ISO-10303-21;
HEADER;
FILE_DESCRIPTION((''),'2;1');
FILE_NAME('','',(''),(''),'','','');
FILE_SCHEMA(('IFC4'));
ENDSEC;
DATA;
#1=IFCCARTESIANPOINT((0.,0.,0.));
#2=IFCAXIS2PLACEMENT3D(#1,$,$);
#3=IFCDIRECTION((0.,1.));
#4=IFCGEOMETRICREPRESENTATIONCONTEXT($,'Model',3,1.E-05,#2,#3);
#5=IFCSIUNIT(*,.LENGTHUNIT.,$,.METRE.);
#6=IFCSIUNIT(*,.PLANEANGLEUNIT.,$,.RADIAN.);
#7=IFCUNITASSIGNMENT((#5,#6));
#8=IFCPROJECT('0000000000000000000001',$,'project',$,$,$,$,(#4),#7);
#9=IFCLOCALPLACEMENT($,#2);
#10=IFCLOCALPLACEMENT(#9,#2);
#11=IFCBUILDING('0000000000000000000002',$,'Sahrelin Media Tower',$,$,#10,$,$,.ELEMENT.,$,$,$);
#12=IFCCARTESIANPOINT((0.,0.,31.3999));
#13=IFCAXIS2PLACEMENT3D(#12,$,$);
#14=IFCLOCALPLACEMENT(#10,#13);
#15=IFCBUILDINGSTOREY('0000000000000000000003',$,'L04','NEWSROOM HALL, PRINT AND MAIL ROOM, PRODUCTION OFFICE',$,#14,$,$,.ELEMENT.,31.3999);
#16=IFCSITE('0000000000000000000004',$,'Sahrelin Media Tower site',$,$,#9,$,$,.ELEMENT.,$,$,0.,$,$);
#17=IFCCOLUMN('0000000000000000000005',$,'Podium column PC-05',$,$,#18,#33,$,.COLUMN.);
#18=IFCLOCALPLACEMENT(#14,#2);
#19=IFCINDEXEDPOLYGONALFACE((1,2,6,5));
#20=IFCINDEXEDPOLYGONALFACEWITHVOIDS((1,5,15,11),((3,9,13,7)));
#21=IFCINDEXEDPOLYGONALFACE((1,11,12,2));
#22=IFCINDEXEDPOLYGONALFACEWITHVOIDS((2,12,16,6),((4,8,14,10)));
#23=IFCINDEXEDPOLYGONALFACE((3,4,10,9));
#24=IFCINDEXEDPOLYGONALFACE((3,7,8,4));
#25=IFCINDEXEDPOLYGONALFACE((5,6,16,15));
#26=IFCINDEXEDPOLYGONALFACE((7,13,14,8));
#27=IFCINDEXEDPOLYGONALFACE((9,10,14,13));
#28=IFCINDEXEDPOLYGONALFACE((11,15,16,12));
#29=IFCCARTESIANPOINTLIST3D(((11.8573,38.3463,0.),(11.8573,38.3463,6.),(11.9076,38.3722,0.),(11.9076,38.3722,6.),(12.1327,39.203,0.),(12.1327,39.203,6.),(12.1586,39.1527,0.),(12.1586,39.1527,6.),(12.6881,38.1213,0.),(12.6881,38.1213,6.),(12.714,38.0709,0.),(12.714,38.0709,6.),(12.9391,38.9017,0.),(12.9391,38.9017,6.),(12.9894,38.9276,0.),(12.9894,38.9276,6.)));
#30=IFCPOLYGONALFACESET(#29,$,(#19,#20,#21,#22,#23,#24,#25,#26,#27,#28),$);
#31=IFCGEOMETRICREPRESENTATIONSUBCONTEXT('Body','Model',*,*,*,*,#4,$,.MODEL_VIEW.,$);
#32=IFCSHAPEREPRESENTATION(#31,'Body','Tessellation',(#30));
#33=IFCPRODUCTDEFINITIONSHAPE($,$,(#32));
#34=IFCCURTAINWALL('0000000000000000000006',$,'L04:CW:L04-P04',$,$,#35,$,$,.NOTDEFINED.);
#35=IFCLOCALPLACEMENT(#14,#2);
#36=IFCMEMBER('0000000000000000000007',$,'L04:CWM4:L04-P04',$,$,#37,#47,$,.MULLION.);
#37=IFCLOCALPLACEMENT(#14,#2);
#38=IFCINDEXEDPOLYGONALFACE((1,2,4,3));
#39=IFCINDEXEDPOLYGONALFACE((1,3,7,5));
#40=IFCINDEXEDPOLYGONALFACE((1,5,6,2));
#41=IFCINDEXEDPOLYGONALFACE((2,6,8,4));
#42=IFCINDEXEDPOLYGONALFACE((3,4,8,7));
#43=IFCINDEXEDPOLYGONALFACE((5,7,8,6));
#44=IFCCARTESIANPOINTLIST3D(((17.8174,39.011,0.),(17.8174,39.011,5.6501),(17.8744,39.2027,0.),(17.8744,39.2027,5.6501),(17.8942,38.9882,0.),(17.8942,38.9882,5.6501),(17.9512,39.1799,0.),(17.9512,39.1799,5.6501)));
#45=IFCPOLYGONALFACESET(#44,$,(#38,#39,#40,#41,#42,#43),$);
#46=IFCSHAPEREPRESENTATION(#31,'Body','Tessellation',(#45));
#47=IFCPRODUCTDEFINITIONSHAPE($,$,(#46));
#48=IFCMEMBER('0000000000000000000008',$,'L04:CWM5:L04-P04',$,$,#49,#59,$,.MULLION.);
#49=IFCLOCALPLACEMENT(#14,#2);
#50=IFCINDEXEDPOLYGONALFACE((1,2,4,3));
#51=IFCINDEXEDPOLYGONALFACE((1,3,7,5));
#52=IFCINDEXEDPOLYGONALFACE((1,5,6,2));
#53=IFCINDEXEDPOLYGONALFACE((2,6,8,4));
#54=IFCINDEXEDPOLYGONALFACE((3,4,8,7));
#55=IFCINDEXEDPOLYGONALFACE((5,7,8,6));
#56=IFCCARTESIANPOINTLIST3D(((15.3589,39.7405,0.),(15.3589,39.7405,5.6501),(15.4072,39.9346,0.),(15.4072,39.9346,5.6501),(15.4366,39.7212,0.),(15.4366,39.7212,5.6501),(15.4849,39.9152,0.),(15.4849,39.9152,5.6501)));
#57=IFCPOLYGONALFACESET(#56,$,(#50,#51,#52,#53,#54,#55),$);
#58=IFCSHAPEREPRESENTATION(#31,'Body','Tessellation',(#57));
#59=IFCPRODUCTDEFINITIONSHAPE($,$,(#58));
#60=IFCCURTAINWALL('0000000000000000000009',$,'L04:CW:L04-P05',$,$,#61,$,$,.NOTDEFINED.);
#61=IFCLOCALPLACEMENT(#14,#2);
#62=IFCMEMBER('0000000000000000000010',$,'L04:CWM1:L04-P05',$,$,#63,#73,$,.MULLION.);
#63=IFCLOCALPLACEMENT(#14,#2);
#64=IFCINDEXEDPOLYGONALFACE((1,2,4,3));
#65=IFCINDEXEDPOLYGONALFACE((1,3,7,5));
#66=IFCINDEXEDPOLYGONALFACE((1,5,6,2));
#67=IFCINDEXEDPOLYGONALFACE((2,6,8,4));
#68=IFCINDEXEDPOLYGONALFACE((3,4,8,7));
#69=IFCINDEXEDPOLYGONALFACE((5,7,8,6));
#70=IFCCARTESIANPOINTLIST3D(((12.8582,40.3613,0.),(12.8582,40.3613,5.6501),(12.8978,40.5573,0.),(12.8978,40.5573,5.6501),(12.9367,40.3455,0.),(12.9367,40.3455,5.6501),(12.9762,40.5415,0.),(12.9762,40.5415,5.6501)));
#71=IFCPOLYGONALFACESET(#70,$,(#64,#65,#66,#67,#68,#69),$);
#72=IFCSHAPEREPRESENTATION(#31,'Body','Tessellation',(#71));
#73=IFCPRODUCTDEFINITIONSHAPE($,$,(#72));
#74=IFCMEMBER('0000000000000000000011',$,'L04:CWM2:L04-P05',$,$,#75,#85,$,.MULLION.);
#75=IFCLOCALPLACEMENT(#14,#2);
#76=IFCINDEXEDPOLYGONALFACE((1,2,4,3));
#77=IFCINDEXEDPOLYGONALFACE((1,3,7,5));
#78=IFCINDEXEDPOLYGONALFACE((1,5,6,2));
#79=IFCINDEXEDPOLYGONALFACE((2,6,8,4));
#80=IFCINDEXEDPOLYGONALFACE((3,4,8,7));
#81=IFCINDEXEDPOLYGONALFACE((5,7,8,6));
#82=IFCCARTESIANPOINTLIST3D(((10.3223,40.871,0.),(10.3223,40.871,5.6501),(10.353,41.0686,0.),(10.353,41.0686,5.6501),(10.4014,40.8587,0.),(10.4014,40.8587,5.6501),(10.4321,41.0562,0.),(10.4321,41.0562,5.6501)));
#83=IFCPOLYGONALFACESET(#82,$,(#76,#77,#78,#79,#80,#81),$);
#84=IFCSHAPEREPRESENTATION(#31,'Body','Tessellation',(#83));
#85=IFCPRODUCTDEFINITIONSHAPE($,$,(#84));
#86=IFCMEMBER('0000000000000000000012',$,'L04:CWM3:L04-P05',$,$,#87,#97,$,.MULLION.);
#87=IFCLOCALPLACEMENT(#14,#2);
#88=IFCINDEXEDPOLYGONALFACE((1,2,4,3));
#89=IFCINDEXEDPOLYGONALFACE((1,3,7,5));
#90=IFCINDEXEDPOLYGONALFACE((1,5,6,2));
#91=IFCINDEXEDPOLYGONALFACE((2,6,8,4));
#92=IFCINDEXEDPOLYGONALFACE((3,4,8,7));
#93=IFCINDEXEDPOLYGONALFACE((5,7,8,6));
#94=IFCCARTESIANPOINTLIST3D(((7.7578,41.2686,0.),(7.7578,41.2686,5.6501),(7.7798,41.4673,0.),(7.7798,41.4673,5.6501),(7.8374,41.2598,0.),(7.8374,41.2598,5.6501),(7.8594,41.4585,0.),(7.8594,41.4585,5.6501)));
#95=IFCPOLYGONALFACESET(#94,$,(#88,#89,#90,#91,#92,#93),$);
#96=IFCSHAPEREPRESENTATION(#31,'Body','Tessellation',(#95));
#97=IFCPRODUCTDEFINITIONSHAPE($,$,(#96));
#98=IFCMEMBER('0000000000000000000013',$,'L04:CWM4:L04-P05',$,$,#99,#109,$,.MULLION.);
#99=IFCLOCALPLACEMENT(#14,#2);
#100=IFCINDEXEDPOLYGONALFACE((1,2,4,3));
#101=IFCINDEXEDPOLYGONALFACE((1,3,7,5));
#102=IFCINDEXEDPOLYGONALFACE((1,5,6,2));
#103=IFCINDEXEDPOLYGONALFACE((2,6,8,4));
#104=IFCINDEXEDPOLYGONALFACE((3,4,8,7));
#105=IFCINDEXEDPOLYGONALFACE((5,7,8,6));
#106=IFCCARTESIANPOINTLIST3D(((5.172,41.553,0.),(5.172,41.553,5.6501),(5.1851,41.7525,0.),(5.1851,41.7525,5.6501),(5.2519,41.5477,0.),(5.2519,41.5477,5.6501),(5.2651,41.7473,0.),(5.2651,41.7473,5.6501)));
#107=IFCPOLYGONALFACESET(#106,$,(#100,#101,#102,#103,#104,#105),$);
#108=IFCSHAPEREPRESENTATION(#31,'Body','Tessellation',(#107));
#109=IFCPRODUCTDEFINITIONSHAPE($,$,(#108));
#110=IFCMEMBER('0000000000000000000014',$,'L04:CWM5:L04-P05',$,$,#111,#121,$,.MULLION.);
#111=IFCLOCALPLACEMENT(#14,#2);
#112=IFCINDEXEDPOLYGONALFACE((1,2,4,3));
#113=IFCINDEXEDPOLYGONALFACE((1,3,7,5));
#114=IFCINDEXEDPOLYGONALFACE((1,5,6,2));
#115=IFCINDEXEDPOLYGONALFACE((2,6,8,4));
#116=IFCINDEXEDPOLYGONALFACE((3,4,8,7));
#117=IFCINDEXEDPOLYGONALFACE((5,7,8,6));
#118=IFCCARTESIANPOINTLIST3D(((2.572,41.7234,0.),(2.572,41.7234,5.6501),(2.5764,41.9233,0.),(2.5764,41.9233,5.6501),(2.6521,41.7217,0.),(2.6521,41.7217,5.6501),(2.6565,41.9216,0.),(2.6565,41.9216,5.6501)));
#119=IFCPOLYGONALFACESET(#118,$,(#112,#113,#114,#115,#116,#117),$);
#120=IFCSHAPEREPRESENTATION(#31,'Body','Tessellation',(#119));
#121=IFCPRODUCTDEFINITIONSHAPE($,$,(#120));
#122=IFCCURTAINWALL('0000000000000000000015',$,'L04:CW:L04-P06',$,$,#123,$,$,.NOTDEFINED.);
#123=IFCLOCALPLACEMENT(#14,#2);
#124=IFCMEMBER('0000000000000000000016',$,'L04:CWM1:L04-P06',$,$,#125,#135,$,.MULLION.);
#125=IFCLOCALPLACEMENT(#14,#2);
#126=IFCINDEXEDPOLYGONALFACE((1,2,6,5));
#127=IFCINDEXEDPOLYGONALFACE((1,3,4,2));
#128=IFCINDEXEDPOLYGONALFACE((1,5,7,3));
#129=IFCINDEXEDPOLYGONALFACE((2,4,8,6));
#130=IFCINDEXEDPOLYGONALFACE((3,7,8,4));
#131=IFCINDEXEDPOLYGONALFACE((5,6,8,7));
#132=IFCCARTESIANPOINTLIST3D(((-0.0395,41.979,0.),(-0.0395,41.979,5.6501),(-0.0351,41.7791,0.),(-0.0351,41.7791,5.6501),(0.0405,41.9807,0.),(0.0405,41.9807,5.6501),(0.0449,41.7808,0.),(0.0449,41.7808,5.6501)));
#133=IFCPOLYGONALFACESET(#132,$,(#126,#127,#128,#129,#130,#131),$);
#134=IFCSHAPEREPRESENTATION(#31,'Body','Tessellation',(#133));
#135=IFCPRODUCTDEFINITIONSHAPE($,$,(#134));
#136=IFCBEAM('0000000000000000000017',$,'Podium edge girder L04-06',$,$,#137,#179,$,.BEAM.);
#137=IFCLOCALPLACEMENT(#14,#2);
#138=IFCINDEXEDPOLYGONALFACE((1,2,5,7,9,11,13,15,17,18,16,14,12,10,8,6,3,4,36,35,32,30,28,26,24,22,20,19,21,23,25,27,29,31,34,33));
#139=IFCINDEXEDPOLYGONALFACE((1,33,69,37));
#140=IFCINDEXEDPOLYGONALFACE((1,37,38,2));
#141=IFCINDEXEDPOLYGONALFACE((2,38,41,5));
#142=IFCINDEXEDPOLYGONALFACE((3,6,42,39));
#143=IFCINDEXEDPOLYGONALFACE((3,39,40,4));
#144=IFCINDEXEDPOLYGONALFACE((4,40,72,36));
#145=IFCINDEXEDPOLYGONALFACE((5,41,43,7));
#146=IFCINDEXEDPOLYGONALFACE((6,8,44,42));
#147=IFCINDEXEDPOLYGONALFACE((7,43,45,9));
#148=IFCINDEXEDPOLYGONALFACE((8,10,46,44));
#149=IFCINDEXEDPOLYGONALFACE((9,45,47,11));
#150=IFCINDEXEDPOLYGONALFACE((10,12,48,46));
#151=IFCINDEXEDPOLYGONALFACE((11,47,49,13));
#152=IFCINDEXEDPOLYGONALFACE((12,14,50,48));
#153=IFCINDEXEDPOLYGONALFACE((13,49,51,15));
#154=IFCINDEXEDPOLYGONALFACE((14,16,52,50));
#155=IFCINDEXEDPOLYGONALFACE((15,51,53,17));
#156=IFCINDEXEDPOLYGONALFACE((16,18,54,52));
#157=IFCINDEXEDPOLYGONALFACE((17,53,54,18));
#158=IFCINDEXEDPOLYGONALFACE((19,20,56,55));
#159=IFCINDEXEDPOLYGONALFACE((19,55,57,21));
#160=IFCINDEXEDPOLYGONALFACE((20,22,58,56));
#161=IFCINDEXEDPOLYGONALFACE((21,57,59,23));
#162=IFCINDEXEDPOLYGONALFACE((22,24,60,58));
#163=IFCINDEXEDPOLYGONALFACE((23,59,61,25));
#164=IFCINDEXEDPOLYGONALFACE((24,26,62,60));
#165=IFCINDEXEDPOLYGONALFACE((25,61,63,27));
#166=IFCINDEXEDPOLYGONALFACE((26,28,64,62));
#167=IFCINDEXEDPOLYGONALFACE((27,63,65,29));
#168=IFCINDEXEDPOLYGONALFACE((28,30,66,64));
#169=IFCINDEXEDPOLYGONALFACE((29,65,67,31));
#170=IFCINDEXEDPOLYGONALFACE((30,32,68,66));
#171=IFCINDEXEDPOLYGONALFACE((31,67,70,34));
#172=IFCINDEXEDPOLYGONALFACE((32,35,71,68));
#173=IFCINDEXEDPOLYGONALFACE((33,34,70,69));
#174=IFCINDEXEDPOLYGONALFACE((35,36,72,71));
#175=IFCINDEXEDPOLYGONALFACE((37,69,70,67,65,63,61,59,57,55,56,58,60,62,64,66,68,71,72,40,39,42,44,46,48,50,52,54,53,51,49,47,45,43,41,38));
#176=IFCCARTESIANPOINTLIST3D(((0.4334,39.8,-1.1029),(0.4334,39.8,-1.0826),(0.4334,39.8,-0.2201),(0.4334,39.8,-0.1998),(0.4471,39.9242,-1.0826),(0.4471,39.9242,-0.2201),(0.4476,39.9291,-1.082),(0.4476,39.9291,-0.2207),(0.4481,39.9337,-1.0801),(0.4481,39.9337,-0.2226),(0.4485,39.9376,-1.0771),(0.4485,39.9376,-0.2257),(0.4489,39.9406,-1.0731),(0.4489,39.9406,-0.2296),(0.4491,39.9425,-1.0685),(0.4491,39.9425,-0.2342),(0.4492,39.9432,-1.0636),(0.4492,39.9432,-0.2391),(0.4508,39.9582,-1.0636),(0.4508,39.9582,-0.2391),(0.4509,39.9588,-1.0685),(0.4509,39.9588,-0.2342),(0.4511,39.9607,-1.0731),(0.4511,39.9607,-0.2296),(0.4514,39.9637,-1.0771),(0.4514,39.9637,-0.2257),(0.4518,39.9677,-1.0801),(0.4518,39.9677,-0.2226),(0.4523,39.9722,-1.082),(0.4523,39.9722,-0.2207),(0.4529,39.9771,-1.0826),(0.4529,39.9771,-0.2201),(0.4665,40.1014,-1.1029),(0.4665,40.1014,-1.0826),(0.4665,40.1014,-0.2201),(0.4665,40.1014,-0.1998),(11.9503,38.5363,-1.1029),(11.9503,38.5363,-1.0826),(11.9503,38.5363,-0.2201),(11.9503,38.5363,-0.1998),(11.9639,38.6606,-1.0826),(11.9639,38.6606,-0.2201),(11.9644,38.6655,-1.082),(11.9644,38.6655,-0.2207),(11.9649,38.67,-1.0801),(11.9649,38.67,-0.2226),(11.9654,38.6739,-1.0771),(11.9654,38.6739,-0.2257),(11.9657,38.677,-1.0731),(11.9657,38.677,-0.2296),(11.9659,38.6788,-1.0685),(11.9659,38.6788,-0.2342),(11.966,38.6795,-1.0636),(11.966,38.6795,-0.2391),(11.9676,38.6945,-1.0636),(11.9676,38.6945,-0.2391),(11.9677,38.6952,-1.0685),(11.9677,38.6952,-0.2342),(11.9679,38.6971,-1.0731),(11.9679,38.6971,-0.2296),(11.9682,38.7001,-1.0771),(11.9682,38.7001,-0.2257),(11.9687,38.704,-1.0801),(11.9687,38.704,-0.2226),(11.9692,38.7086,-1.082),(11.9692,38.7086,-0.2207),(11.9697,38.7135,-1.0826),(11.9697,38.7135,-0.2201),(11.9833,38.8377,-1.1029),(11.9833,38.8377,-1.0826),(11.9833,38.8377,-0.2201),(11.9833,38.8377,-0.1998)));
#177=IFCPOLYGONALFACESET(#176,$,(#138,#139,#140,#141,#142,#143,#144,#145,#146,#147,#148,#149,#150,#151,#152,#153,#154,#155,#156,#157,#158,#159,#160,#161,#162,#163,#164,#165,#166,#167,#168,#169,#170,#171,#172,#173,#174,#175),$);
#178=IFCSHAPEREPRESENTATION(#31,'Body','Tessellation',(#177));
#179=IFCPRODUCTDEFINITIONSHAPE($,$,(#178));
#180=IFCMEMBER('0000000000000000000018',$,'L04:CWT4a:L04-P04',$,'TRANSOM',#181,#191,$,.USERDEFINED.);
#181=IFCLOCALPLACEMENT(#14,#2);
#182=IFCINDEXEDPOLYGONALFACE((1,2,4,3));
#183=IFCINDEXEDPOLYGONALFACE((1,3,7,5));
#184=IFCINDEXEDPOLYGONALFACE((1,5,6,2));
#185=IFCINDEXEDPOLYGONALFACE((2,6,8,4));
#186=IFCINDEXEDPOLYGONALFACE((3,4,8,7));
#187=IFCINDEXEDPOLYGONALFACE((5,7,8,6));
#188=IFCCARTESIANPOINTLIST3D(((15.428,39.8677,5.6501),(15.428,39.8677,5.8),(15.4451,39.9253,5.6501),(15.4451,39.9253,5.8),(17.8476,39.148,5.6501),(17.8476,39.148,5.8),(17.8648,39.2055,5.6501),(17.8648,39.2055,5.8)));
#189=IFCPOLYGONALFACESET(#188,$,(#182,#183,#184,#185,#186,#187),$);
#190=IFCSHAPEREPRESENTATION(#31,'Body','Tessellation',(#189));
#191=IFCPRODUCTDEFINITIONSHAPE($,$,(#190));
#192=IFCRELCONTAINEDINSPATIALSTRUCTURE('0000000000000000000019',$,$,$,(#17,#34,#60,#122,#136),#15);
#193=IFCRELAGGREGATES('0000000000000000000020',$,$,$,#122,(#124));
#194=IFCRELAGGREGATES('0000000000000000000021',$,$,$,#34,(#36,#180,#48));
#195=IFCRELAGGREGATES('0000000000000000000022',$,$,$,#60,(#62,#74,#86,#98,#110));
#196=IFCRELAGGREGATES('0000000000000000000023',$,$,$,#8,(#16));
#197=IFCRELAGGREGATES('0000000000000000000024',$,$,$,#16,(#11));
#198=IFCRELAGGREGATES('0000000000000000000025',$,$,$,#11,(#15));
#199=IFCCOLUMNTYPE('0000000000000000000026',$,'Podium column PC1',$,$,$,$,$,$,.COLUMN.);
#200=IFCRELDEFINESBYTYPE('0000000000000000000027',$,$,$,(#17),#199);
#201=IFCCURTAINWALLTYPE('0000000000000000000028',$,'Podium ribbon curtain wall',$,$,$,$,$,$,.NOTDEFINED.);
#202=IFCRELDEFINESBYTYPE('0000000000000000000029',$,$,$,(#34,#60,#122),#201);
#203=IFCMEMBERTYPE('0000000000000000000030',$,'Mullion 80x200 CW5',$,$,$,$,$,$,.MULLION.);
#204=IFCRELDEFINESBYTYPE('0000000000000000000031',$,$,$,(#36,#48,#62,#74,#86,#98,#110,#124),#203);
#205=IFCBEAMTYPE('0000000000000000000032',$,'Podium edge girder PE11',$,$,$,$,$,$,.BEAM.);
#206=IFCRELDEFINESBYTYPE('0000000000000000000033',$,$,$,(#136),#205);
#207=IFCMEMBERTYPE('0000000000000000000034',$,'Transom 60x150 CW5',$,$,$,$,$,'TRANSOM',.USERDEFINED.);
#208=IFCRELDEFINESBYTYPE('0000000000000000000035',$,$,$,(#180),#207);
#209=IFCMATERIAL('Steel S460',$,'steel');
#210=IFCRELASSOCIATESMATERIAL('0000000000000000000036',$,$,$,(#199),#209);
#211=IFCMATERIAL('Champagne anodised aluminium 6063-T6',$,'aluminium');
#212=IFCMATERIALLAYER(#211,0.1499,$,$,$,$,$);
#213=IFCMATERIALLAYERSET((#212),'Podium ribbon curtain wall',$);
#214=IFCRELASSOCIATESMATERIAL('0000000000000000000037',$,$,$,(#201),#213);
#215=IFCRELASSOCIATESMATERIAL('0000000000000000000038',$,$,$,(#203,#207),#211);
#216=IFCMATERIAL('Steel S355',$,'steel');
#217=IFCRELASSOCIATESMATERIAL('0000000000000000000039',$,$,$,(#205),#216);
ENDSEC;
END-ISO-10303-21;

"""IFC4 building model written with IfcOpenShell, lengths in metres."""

from ifc_helpers import new_model, si_unit, direction, frame, origin, origin_2d, place, context, subcontext, project, spatial, rectangle, hollow_rectangle, i_section, extrude, material, layer, layer_set, material_profile, profile_set, type_object, element, aggregate, save


model = new_model("IFC4")

# Units and contexts
model_context = context("Model", 3, precision=1e-05, world=origin(), true_north=direction((0.0, 1.0)))
body_context = subcontext(model_context, "Body", "Model", "MODEL_VIEW")
ifc_project = project(units=[si_unit("LENGTHUNIT", "METRE"), si_unit("PLANEANGLEUNIT", "RADIAN")], contexts=[model_context])

# Site, building, storey
site_placement = place(None, origin())
site = spatial("IfcSite", under=ifc_project, at=site_placement, Name="Sahrelin Media Tower site", CompositionType="ELEMENT", RefElevation=0.0)
building_placement = place(site_placement, origin())
building = spatial("IfcBuilding", under=site, at=building_placement, Name="Sahrelin Media Tower", CompositionType="ELEMENT")
storey_placement = place(building_placement, frame((0.0, 0.0, 31.3999)))
storey = spatial("IfcBuildingStorey", under=building, at=storey_placement, Name="L04", Description="NEWSROOM HALL, PRINT AND MAIL ROOM, PRODUCTION OFFICE", CompositionType="ELEMENT", Elevation=31.3999)

# Column
ifc_material_1 = material(Name="Steel S460", Category="steel")
ifc_material_profile_1 = material_profile(ifc_material_1, hollow_rectangle(XDim=0.8999, YDim=0.8999, WallThickness=0.04, at=origin_2d()), Name="Podium column PC1")
ifc_profile_set_1 = profile_set([ifc_material_profile_1], Name="Steel S460")
column_type = type_object("IfcColumnType", Name="Podium column PC1", PredefinedType="COLUMN", material=ifc_profile_set_1)
column_placement = place(storey_placement, frame((12.4233, 38.637, 0.0), z_axis=(0.0, 0.0, 1.0), x_axis=(0.306104, 0.951998, 0.0)))
element("IfcColumn", 1, at=column_placement, inside=storey, type_object=column_type, Name="Podium column PC-05", PredefinedType="COLUMN", context=body_context, shape_type="SweptSolid", body=[
    extrude(hollow_rectangle(XDim=0.8999, YDim=0.8999, WallThickness=0.04, at=origin_2d()), origin(), (0.0, 0.0, 1.0), 6.0),
])

# Curtain walls, members
ifc_material_2 = material(Name="Champagne anodised aluminium 6063-T6", Category="aluminium")
ifc_layer_1 = layer(ifc_material_2, 0.1499)
ifc_layer_set_1 = layer_set([ifc_layer_1], Name="Podium ribbon curtain wall")
curtain_wall_type = type_object("IfcCurtainWallType", Name="Podium ribbon curtain wall", PredefinedType="NOTDEFINED", material=ifc_layer_set_1)
curtain_wall_1_placement = place(storey_placement, frame((25.0, 36.373, 0.0), z_axis=(0.0, 0.0, 1.0), x_axis=(1.0, 0.0, 0.0)))
curtain_wall_1 = element("IfcCurtainWall", 2, at=curtain_wall_1_placement, inside=storey, type_object=curtain_wall_type, Name="L04:CW:L04-P04", PredefinedType="NOTDEFINED")
ifc_material_profile_2 = material_profile(ifc_material_2, rectangle(XDim=0.0801, YDim=0.2, at=origin_2d()), Name="Mullion 80x200")
ifc_profile_set_2 = profile_set([ifc_material_profile_2], Name="Champagne anodised aluminium 6063-T6")
member_type_1 = type_object("IfcMemberType", Name="Mullion 80x200 CW5", PredefinedType="MULLION", material=ifc_profile_set_2)
member_1_placement = place(storey_placement, frame((17.8843, 39.0955, 0.0), z_axis=(0.0, 0.0, 1.0), x_axis=(-0.958495, 0.28511, 0.0)))
member_1 = element("IfcMember", 3, at=member_1_placement, type_object=member_type_1, Name="L04:CWM4:L04-P04", PredefinedType="MULLION", context=body_context, shape_type="SweptSolid", body=[
    extrude(rectangle(XDim=0.0801, YDim=0.2, at=origin_2d()), origin(), (0.0, 0.0, 1.0), 5.6501),
])
member_2_placement = place(storey_placement, frame((15.4219, 39.8279, 0.0), z_axis=(0.0, 0.0, 1.0), x_axis=(-0.97041, 0.241461, 0.0)))
member_2 = element("IfcMember", 4, at=member_2_placement, type_object=member_type_1, Name="L04:CWM5:L04-P04", PredefinedType="MULLION", context=body_context, shape_type="SweptSolid", body=[
    extrude(rectangle(XDim=0.0801, YDim=0.2, at=origin_2d()), origin(), (0.0, 0.0, 1.0), 5.6501),
])
curtain_wall_2_placement = place(storey_placement, frame((12.9409, 40.5688, 0.0), z_axis=(0.0, 0.0, 1.0), x_axis=(1.0, 0.0, 0.0)))
curtain_wall_2 = element("IfcCurtainWall", 5, at=curtain_wall_2_placement, inside=storey, type_object=curtain_wall_type, Name="L04:CW:L04-P05", PredefinedType="NOTDEFINED")
member_3_placement = place(storey_placement, frame((12.9172, 40.4514, 0.0), z_axis=(0.0, 0.0, 1.0), x_axis=(-0.980267, 0.197678, 0.0)))
member_3 = element("IfcMember", 6, at=member_3_placement, type_object=member_type_1, Name="L04:CWM1:L04-P05", PredefinedType="MULLION", context=body_context, shape_type="SweptSolid", body=[
    extrude(rectangle(XDim=0.0801, YDim=0.2, at=origin_2d()), origin(), (0.0, 0.0, 1.0), 5.6501),
])
member_4_placement = place(storey_placement, frame((10.3772, 40.9636, 0.0), z_axis=(0.0, 0.0, 1.0), x_axis=(-0.988098, 0.153826, 0.0)))
member_4 = element("IfcMember", 7, at=member_4_placement, type_object=member_type_1, Name="L04:CWM2:L04-P05", PredefinedType="MULLION", context=body_context, shape_type="SweptSolid", body=[
    extrude(rectangle(XDim=0.0801, YDim=0.2, at=origin_2d()), origin(), (0.0, 0.0, 1.0), 5.6501),
])
member_5_placement = place(storey_placement, frame((7.8086, 41.3635, 0.0), z_axis=(0.0, 0.0, 1.0), x_axis=(-0.993941, 0.109915, 0.0)))
member_5 = element("IfcMember", 8, at=member_5_placement, type_object=member_type_1, Name="L04:CWM3:L04-P05", PredefinedType="MULLION", context=body_context, shape_type="SweptSolid", body=[
    extrude(rectangle(XDim=0.0801, YDim=0.2, at=origin_2d()), origin(), (0.0, 0.0, 1.0), 5.6501),
])
member_6_placement = place(storey_placement, frame((5.2185, 41.6501, 0.0), z_axis=(0.0, 0.0, 1.0), x_axis=(-0.997822, 0.065959, 0.0)))
member_6 = element("IfcMember", 9, at=member_6_placement, type_object=member_type_1, Name="L04:CWM4:L04-P05", PredefinedType="MULLION", context=body_context, shape_type="SweptSolid", body=[
    extrude(rectangle(XDim=0.0801, YDim=0.2, at=origin_2d()), origin(), (0.0, 0.0, 1.0), 5.6501),
])
member_7_placement = place(storey_placement, frame((2.6143, 41.8225, 0.0), z_axis=(0.0, 0.0, 1.0), x_axis=(-0.999758, 0.022007, 0.0)))
member_7 = element("IfcMember", 10, at=member_7_placement, type_object=member_type_1, Name="L04:CWM5:L04-P05", PredefinedType="MULLION", context=body_context, shape_type="SweptSolid", body=[
    extrude(rectangle(XDim=0.0801, YDim=0.2, at=origin_2d()), origin(), (0.0, 0.0, 1.0), 5.6501),
])

# Curtain wall, member
curtain_wall_3_placement = place(storey_placement, frame((0.0, 42.0, 0.0), z_axis=(0.0, 0.0, 1.0), x_axis=(1.0, 0.0, 0.0)))
curtain_wall_3 = element("IfcCurtainWall", 11, at=curtain_wall_3_placement, inside=storey, type_object=curtain_wall_type, Name="L04:CW:L04-P06", PredefinedType="NOTDEFINED")
member_8_placement = place(storey_placement, frame((0.0027, 41.8799, 0.0), z_axis=(0.0, 0.0, 1.0), x_axis=(-0.999758, -0.022007, 0.0)))
member_8 = element("IfcMember", 12, at=member_8_placement, type_object=member_type_1, Name="L04:CWM1:L04-P06", PredefinedType="MULLION", context=body_context, shape_type="SweptSolid", body=[
    extrude(rectangle(XDim=0.0801, YDim=0.2, at=origin_2d()), origin(), (0.0, 0.0, 1.0), 5.6501),
])
aggregate(curtain_wall_3, [member_8])

# Beam
ifc_material_3 = material(Name="Steel S355", Category="steel")
ifc_material_profile_3 = material_profile(ifc_material_3, i_section(OverallWidth=0.3032, OverallDepth=0.9031, WebThickness=0.0151, FlangeThickness=0.0203, FilletRadius=0.019, at=origin_2d()), Name="UB 914x305x201")
ifc_profile_set_3 = profile_set([ifc_material_profile_3], Name="Steel S355")
beam_type = type_object("IfcBeamType", Name="Podium edge girder PE11", PredefinedType="BEAM", material=ifc_profile_set_3)
beam_placement = place(storey_placement, frame((11.9668, 38.687, -0.6514), z_axis=(-0.994034, 0.109069, 0.0), x_axis=(-0.109069, -0.994034, 0.0)))
element("IfcBeam", 13, at=beam_placement, inside=storey, type_object=beam_type, Name="Podium edge girder L04-06", PredefinedType="BEAM", context=body_context, shape_type="SweptSolid", body=[
    extrude(i_section(OverallWidth=0.3032, OverallDepth=0.9031, WebThickness=0.0151, FlangeThickness=0.0203, FilletRadius=0.019, at=origin_2d()), origin(), (0.0, 0.0, 1.0), 11.5859),
])

# Member
ifc_material_profile_4 = material_profile(ifc_material_2, rectangle(XDim=0.0601, YDim=0.1499, at=origin_2d()), Name="Transom 60x150")
ifc_profile_set_4 = profile_set([ifc_material_profile_4], Name="Champagne anodised aluminium 6063-T6")
member_type_2 = type_object("IfcMemberType", Name="Transom 60x150 CW5", ElementType="TRANSOM", PredefinedType="USERDEFINED", material=ifc_profile_set_4)
member_9_placement = place(storey_placement, frame((17.8562, 39.1768, 5.7251), z_axis=(-0.958497, 0.285102, 0.0), x_axis=(-0.285102, -0.958497, 0.0)))
member_9 = element("IfcMember", 14, at=member_9_placement, type_object=member_type_2, Name="L04:CWT4a:L04-P04", ObjectType="TRANSOM", PredefinedType="USERDEFINED", context=body_context, shape_type="SweptSolid", body=[
    extrude(rectangle(XDim=0.0601, YDim=0.1499, at=origin_2d()), origin(), (0.0, 0.0, 1.0), 2.5244),
])

aggregate(curtain_wall_1, [member_1, member_9, member_2])
aggregate(curtain_wall_2, [member_3, member_4, member_5, member_6, member_7])

save(model, "model.ifc")
